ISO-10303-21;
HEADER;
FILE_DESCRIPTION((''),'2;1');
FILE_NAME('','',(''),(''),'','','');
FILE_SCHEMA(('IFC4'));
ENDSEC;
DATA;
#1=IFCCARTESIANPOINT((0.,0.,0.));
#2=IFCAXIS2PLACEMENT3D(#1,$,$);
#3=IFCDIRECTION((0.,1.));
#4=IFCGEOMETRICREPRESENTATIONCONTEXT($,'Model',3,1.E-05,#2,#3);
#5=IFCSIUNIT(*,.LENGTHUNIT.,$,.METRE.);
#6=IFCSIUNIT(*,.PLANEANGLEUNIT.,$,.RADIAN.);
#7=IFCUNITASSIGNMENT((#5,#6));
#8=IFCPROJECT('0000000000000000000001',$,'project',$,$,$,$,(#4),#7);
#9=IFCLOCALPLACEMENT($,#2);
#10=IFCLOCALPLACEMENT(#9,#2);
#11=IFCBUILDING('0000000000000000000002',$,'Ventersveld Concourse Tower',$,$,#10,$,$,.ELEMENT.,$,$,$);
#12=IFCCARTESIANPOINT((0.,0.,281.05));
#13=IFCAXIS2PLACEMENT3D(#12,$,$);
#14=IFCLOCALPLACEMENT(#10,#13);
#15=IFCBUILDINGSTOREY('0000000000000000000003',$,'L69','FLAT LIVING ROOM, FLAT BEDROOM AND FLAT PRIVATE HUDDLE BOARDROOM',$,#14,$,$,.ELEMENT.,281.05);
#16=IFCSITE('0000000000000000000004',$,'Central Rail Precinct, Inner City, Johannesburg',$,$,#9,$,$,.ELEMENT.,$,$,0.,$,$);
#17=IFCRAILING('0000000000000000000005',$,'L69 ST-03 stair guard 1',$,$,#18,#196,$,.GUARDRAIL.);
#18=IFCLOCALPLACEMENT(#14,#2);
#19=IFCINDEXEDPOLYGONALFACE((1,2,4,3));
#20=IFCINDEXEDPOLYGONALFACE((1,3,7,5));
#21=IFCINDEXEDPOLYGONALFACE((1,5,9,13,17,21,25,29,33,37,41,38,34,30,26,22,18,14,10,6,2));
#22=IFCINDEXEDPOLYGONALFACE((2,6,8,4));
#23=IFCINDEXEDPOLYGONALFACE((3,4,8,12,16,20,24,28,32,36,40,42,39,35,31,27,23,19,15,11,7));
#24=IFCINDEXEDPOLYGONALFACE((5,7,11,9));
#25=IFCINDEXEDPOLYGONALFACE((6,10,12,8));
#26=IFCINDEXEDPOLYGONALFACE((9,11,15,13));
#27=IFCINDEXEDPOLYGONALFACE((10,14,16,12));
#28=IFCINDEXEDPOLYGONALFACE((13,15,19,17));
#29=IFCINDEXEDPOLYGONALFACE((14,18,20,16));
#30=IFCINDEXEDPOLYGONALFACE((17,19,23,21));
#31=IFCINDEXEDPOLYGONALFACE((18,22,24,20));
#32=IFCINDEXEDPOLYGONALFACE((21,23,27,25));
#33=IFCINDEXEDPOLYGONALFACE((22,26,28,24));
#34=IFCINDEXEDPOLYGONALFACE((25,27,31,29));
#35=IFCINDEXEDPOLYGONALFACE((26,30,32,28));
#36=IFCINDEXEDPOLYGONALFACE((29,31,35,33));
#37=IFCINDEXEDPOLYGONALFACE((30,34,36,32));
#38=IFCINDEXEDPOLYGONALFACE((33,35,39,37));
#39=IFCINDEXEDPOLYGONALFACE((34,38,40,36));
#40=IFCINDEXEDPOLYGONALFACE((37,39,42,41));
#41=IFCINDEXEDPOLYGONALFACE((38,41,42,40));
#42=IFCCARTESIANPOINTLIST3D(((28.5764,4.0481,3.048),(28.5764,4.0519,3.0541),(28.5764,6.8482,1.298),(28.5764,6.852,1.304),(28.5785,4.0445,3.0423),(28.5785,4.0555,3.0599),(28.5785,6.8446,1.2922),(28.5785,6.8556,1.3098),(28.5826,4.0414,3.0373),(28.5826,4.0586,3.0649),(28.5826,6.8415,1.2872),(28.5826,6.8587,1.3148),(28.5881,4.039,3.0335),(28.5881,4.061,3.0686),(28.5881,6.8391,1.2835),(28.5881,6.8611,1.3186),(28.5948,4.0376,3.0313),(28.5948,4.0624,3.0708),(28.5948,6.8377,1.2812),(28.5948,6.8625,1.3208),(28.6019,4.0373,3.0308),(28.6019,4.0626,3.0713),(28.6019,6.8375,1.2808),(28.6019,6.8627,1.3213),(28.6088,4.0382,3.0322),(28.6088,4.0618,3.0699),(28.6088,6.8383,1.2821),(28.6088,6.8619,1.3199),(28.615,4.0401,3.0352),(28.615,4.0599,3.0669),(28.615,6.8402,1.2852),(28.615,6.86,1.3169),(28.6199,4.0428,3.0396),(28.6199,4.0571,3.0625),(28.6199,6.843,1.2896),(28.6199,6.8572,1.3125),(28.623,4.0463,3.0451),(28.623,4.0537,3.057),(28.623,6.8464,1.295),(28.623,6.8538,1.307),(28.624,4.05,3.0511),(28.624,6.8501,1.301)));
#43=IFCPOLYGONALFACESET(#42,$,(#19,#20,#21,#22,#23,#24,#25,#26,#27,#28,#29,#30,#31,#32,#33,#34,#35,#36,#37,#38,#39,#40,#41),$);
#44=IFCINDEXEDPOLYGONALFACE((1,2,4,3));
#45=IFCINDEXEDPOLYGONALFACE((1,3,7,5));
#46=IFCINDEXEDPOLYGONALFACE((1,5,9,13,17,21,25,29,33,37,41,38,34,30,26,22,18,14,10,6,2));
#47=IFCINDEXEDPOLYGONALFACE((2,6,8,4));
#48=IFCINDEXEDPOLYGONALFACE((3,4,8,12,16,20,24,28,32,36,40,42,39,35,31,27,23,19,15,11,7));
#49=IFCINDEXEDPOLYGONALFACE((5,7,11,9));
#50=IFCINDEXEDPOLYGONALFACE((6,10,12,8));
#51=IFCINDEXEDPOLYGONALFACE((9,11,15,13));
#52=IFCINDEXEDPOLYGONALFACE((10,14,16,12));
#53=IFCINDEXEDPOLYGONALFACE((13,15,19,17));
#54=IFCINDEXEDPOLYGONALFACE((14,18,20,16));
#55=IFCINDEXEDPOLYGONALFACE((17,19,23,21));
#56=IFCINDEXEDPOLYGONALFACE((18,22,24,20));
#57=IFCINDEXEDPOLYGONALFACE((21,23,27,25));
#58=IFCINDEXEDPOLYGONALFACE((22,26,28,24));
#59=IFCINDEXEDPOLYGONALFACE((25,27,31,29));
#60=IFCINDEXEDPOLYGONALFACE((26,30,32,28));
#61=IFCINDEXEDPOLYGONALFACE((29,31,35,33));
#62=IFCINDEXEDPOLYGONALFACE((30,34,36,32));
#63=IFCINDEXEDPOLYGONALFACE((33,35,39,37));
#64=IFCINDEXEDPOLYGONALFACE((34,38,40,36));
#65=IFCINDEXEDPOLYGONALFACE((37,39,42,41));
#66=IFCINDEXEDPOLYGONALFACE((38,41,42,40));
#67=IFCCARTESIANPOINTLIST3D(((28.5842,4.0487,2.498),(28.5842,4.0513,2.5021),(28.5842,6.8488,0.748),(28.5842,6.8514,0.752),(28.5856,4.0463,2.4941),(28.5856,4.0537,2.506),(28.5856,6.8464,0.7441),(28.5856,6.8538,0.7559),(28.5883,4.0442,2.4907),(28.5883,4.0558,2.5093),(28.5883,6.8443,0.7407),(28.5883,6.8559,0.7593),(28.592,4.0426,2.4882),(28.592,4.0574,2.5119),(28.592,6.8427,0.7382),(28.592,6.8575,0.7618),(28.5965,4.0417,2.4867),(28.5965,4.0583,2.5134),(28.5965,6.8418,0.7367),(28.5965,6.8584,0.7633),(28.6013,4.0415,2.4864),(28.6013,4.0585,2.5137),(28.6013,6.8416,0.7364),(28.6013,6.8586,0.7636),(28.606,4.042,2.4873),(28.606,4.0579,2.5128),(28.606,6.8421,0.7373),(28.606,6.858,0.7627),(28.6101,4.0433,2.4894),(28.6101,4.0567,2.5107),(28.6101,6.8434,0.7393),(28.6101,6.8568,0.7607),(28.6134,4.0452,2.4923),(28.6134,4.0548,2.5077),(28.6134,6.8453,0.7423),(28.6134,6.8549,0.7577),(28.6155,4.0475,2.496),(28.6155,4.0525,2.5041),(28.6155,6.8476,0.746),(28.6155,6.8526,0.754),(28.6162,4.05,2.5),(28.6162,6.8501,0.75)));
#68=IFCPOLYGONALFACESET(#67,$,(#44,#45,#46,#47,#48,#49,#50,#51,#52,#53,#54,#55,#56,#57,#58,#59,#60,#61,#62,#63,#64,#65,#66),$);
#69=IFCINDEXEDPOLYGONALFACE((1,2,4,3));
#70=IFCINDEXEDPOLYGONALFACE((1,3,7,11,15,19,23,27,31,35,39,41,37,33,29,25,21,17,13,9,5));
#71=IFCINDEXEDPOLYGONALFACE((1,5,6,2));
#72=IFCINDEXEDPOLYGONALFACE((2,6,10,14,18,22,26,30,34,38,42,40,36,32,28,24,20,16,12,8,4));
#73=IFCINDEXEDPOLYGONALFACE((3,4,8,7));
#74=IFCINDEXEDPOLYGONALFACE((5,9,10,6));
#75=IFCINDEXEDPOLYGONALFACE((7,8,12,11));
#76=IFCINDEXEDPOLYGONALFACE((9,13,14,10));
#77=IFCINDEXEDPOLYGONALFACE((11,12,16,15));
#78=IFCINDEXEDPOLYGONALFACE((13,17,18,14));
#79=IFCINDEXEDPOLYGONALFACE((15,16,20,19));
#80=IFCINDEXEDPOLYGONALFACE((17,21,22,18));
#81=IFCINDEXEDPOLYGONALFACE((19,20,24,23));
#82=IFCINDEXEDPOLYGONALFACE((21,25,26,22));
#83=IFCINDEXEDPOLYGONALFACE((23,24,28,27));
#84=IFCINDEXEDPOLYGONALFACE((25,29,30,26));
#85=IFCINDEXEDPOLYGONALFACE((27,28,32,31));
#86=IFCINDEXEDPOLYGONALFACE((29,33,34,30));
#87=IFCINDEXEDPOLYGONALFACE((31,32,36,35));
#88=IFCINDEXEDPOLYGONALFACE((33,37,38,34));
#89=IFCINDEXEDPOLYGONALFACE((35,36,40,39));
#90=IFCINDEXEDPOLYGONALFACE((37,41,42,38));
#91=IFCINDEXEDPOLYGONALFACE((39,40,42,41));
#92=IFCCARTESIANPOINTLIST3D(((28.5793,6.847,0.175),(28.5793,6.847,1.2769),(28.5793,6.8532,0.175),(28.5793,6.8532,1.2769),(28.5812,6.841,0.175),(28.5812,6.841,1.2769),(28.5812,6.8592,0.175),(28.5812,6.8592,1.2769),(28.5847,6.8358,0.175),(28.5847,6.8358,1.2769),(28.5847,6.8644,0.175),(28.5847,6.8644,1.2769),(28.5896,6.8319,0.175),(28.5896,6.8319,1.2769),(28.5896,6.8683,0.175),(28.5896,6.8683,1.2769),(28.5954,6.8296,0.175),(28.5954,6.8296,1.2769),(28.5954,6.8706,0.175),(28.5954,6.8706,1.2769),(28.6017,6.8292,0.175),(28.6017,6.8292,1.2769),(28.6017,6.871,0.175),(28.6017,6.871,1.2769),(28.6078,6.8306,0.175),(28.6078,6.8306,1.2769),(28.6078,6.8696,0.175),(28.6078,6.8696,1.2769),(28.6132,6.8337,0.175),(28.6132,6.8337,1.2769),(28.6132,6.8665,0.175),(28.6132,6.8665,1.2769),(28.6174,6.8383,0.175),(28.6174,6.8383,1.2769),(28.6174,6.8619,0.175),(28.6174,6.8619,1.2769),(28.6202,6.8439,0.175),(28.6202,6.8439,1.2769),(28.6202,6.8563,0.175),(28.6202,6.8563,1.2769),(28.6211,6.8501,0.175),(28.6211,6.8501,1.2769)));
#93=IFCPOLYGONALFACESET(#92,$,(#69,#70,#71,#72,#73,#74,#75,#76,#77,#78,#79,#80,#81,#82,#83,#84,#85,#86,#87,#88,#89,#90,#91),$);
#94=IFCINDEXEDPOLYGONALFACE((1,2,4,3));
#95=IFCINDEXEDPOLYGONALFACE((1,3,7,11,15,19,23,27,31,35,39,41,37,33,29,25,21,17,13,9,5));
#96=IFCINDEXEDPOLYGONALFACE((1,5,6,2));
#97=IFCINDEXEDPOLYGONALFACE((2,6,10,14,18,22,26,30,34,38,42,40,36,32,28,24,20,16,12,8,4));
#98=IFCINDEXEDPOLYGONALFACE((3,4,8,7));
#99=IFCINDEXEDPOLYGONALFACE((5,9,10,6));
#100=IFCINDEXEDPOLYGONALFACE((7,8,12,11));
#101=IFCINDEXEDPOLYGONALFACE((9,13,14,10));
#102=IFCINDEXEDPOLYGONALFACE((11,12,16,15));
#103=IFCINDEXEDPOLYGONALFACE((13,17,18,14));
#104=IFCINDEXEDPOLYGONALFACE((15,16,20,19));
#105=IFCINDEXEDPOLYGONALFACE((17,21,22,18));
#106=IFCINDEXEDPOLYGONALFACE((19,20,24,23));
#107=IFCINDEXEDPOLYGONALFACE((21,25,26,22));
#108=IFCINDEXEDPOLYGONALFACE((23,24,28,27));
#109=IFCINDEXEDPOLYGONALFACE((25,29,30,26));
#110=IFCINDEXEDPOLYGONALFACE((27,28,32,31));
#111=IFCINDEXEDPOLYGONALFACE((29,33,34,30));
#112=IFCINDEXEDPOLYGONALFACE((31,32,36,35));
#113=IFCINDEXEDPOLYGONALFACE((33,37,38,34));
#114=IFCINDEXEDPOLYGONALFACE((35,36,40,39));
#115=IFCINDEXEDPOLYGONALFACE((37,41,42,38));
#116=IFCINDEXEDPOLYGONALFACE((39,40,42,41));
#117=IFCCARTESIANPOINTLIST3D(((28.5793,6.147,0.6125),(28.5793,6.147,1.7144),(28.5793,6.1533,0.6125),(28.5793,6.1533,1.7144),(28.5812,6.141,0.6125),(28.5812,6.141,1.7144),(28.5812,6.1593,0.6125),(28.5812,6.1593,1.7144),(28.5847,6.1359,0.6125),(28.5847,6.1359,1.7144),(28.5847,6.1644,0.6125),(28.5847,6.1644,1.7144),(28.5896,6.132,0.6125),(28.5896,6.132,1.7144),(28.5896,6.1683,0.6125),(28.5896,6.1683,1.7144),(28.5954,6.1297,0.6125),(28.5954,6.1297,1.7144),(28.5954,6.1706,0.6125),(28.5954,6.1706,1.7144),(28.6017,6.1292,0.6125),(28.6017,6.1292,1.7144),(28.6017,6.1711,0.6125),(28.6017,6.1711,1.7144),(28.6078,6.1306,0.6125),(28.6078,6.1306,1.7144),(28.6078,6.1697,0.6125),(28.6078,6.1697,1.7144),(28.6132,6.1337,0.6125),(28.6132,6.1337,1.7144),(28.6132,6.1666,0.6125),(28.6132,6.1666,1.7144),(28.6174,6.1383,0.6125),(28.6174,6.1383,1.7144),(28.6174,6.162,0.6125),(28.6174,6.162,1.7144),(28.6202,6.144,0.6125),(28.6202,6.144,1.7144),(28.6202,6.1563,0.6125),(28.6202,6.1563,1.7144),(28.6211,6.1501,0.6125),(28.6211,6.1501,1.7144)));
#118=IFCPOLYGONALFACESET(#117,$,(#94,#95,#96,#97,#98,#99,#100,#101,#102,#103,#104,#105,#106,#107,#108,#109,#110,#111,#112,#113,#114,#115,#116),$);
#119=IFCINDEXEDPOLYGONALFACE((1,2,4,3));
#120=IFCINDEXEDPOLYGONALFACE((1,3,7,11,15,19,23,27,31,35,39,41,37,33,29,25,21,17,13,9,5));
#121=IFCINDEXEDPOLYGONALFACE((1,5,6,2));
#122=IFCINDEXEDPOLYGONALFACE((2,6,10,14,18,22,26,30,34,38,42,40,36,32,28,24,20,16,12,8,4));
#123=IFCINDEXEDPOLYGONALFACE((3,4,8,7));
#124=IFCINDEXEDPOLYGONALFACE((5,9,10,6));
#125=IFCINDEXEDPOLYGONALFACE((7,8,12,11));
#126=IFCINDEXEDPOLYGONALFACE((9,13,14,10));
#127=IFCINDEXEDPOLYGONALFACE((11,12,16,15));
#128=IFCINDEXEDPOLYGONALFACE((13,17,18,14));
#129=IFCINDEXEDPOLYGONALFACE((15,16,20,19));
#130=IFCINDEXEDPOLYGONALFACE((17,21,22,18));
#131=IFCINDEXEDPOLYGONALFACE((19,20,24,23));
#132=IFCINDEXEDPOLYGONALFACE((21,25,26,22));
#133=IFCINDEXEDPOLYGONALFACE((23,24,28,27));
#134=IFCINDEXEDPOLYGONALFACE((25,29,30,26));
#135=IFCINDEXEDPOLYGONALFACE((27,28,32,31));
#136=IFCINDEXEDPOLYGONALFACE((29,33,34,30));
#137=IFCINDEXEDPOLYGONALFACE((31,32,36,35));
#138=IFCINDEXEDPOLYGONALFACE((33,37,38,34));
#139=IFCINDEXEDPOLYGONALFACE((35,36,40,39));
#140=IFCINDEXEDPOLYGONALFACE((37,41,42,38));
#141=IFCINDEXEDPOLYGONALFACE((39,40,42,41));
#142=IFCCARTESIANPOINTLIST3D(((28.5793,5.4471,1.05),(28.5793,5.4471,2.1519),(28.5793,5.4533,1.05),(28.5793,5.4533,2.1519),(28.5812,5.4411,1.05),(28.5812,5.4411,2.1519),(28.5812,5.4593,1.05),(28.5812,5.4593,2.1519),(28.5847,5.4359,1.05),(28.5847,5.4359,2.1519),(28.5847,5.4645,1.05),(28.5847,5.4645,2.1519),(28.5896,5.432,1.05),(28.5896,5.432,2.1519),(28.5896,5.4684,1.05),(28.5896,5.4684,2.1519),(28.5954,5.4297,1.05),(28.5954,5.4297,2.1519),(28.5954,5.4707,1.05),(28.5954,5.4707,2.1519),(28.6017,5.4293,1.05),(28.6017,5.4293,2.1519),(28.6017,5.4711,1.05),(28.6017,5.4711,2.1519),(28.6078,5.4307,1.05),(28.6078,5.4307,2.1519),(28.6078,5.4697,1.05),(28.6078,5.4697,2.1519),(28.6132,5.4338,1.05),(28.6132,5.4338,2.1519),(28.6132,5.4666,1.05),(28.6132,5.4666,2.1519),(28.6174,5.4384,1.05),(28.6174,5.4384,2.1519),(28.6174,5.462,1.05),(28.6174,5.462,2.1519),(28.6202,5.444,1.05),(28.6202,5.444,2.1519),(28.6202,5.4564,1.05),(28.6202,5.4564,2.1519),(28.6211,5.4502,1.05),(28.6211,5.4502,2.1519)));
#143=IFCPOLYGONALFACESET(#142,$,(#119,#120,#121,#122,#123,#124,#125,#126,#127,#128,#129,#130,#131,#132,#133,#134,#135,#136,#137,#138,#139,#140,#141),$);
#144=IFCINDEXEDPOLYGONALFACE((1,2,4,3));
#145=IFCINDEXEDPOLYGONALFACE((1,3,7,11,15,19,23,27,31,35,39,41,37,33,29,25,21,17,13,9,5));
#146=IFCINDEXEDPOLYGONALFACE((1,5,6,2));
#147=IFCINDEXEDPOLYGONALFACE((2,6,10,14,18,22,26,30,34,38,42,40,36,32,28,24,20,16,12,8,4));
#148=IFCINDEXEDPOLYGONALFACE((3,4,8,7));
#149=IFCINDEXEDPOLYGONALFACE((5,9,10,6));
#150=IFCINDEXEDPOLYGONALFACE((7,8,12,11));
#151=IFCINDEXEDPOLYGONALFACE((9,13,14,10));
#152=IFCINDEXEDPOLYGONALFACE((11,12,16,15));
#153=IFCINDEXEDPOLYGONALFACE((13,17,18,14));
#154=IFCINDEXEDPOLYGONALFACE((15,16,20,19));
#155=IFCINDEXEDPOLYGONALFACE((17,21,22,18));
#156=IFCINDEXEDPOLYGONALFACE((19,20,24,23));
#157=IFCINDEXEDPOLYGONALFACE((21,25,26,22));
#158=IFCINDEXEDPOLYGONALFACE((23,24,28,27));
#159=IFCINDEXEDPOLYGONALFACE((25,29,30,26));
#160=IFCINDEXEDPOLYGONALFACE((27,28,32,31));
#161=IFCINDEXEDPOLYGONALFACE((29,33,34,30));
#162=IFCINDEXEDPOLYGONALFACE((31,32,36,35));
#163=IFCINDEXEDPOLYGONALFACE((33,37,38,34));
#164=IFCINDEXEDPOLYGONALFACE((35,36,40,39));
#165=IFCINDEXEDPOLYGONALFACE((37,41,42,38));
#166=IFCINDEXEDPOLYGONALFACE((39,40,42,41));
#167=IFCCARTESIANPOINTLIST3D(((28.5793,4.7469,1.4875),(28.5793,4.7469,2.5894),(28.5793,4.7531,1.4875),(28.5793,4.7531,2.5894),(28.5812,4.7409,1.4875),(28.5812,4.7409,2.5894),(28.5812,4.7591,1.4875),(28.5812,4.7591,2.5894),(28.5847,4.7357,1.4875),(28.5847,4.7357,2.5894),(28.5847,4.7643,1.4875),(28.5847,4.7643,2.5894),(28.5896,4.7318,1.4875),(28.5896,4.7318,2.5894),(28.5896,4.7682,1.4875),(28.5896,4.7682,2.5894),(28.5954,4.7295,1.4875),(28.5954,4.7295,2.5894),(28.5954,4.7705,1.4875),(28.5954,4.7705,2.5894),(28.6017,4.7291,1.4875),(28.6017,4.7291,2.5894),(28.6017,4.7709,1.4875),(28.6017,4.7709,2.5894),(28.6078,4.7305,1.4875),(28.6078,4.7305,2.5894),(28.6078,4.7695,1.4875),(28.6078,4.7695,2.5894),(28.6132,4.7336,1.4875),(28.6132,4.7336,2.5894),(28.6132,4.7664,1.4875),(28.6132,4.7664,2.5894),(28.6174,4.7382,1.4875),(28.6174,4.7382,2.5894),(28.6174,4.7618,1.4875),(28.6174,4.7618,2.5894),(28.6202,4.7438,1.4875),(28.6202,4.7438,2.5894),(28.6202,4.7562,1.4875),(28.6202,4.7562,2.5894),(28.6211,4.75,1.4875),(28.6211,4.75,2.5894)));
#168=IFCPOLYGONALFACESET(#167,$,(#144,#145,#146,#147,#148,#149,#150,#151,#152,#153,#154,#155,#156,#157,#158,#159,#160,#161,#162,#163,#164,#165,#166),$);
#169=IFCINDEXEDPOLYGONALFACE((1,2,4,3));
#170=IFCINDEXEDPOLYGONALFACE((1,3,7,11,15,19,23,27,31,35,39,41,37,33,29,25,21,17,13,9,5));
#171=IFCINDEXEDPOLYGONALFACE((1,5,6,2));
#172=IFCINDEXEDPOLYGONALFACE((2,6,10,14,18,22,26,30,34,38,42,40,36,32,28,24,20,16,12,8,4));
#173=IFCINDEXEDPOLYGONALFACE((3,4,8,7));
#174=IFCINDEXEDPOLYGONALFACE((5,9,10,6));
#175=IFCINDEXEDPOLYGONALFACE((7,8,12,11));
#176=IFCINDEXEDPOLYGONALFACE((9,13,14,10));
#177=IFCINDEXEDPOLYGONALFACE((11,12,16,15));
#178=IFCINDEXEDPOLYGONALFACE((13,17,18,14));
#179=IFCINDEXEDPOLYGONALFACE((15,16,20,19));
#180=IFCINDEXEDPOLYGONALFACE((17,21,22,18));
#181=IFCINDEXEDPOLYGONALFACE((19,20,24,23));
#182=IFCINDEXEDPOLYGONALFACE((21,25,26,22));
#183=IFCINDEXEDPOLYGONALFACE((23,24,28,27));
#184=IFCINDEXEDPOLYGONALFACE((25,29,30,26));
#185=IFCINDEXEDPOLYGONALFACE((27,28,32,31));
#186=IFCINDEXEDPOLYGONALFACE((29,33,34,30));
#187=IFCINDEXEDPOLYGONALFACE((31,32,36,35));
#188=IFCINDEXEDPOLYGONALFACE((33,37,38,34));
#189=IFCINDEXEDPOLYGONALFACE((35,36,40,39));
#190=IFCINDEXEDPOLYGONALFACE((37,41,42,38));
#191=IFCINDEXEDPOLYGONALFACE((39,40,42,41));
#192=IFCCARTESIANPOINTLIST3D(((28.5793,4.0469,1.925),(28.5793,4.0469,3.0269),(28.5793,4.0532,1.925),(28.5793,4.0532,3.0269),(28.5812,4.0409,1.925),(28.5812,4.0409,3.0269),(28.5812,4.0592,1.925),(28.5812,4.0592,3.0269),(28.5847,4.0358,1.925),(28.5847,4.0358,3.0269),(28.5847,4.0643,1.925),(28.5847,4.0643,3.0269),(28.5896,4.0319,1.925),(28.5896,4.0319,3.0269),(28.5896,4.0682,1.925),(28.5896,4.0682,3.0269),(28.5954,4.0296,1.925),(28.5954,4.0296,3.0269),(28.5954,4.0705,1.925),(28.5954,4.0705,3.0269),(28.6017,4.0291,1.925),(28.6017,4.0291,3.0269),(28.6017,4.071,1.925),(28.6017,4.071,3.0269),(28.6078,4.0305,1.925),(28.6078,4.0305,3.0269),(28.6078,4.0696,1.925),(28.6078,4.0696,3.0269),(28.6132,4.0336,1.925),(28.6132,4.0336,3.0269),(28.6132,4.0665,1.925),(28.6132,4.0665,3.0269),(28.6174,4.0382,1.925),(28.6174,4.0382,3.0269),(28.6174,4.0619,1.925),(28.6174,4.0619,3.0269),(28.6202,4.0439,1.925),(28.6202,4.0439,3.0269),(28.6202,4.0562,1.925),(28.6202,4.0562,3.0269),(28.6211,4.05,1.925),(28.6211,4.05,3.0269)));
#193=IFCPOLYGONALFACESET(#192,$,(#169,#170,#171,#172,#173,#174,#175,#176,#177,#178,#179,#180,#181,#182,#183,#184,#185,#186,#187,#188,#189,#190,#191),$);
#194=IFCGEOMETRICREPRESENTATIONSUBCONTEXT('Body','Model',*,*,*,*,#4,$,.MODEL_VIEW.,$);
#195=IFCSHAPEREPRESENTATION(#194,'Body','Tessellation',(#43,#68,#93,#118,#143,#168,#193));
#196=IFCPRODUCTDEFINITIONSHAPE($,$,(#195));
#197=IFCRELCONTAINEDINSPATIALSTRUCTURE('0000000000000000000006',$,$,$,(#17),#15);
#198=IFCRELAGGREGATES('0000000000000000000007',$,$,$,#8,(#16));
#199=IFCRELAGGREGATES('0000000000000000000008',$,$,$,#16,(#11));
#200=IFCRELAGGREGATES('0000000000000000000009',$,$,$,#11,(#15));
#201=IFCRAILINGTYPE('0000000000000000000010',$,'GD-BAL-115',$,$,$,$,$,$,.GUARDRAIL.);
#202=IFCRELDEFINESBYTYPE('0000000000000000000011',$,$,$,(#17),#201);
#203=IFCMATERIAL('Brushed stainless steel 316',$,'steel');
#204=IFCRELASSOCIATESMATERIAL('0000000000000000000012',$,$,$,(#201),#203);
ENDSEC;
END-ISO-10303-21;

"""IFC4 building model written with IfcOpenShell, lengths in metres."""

from ifc_helpers import new_model, si_unit, direction, frame, origin, origin_2d, place, context, subcontext, project, spatial, circle, extrude, material, type_object, element, save


model = new_model("IFC4")

# Units and contexts
model_context = context("Model", 3, precision=1e-05, world=origin(), true_north=direction((0.0, 1.0)))
body_context = subcontext(model_context, "Body", "Model", "MODEL_VIEW")
ifc_project = project(units=[si_unit("LENGTHUNIT", "METRE"), si_unit("PLANEANGLEUNIT", "RADIAN")], contexts=[model_context])

# Site, building, storey
site_placement = place(None, origin())
site = spatial("IfcSite", under=ifc_project, at=site_placement, Name="Central Rail Precinct, Inner City, Johannesburg", CompositionType="ELEMENT", RefElevation=0.0)
building_placement = place(site_placement, origin())
building = spatial("IfcBuilding", under=site, at=building_placement, Name="Ventersveld Concourse Tower", CompositionType="ELEMENT")
storey_placement = place(building_placement, frame((0.0, 0.0, 281.05)))
storey = spatial("IfcBuildingStorey", under=building, at=storey_placement, Name="L69", Description="FLAT LIVING ROOM, FLAT BEDROOM AND FLAT PRIVATE HUDDLE BOARDROOM", CompositionType="ELEMENT", Elevation=281.05)

# Shared definitions
ifc_material_1 = material(Name="Brushed stainless steel 316", Category="steel")

# Railing
railing_type_1 = type_object("IfcRailingType", Name="GD-BAL-115", PredefinedType="GUARDRAIL", material=ifc_material_1)
railing_1_placement = place(storey_placement, frame((28.6001, 6.8501, 0.175)))
element("IfcRailing", 1, at=railing_1_placement, inside=storey, type_object=railing_type_1, Name="L69 ST-03 stair guard 1", PredefinedType="GUARDRAIL", context=body_context, shape_type="SweptSolid", body=[
    extrude(circle(Radius=0.0239, at=origin_2d()), frame((0.0, 0.0, 1.126), z_axis=(0.0, -0.848002, 0.529992), x_axis=(1.0, 0.0, 0.0)), (0.0, 0.0, 1.0), 3.302),
    extrude(circle(Radius=0.0161, at=origin_2d()), frame((0.0, 0.0, 0.575), z_axis=(0.0, -0.848002, 0.529992), x_axis=(1.0, 0.0, 0.0)), (0.0, 0.0, 1.0), 3.302),
    extrude(circle(Radius=0.021, at=origin_2d()), origin(), (0.0, 0.0, 1.0), 1.1018),
    extrude(circle(Radius=0.021, at=origin_2d()), frame((0.0, -0.7, 0.4375)), (0.0, 0.0, 1.0), 1.1018),
    extrude(circle(Radius=0.021, at=origin_2d()), frame((0.0, -1.3999, 0.875)), (0.0, 0.0, 1.0), 1.1018),
    extrude(circle(Radius=0.021, at=origin_2d()), frame((0.0, -2.1001, 1.3125)), (0.0, 0.0, 1.0), 1.1018),
    extrude(circle(Radius=0.021, at=origin_2d()), frame((0.0, -2.8, 1.75)), (0.0, 0.0, 1.0), 1.1018),
])

save(model, "model.ifc")
